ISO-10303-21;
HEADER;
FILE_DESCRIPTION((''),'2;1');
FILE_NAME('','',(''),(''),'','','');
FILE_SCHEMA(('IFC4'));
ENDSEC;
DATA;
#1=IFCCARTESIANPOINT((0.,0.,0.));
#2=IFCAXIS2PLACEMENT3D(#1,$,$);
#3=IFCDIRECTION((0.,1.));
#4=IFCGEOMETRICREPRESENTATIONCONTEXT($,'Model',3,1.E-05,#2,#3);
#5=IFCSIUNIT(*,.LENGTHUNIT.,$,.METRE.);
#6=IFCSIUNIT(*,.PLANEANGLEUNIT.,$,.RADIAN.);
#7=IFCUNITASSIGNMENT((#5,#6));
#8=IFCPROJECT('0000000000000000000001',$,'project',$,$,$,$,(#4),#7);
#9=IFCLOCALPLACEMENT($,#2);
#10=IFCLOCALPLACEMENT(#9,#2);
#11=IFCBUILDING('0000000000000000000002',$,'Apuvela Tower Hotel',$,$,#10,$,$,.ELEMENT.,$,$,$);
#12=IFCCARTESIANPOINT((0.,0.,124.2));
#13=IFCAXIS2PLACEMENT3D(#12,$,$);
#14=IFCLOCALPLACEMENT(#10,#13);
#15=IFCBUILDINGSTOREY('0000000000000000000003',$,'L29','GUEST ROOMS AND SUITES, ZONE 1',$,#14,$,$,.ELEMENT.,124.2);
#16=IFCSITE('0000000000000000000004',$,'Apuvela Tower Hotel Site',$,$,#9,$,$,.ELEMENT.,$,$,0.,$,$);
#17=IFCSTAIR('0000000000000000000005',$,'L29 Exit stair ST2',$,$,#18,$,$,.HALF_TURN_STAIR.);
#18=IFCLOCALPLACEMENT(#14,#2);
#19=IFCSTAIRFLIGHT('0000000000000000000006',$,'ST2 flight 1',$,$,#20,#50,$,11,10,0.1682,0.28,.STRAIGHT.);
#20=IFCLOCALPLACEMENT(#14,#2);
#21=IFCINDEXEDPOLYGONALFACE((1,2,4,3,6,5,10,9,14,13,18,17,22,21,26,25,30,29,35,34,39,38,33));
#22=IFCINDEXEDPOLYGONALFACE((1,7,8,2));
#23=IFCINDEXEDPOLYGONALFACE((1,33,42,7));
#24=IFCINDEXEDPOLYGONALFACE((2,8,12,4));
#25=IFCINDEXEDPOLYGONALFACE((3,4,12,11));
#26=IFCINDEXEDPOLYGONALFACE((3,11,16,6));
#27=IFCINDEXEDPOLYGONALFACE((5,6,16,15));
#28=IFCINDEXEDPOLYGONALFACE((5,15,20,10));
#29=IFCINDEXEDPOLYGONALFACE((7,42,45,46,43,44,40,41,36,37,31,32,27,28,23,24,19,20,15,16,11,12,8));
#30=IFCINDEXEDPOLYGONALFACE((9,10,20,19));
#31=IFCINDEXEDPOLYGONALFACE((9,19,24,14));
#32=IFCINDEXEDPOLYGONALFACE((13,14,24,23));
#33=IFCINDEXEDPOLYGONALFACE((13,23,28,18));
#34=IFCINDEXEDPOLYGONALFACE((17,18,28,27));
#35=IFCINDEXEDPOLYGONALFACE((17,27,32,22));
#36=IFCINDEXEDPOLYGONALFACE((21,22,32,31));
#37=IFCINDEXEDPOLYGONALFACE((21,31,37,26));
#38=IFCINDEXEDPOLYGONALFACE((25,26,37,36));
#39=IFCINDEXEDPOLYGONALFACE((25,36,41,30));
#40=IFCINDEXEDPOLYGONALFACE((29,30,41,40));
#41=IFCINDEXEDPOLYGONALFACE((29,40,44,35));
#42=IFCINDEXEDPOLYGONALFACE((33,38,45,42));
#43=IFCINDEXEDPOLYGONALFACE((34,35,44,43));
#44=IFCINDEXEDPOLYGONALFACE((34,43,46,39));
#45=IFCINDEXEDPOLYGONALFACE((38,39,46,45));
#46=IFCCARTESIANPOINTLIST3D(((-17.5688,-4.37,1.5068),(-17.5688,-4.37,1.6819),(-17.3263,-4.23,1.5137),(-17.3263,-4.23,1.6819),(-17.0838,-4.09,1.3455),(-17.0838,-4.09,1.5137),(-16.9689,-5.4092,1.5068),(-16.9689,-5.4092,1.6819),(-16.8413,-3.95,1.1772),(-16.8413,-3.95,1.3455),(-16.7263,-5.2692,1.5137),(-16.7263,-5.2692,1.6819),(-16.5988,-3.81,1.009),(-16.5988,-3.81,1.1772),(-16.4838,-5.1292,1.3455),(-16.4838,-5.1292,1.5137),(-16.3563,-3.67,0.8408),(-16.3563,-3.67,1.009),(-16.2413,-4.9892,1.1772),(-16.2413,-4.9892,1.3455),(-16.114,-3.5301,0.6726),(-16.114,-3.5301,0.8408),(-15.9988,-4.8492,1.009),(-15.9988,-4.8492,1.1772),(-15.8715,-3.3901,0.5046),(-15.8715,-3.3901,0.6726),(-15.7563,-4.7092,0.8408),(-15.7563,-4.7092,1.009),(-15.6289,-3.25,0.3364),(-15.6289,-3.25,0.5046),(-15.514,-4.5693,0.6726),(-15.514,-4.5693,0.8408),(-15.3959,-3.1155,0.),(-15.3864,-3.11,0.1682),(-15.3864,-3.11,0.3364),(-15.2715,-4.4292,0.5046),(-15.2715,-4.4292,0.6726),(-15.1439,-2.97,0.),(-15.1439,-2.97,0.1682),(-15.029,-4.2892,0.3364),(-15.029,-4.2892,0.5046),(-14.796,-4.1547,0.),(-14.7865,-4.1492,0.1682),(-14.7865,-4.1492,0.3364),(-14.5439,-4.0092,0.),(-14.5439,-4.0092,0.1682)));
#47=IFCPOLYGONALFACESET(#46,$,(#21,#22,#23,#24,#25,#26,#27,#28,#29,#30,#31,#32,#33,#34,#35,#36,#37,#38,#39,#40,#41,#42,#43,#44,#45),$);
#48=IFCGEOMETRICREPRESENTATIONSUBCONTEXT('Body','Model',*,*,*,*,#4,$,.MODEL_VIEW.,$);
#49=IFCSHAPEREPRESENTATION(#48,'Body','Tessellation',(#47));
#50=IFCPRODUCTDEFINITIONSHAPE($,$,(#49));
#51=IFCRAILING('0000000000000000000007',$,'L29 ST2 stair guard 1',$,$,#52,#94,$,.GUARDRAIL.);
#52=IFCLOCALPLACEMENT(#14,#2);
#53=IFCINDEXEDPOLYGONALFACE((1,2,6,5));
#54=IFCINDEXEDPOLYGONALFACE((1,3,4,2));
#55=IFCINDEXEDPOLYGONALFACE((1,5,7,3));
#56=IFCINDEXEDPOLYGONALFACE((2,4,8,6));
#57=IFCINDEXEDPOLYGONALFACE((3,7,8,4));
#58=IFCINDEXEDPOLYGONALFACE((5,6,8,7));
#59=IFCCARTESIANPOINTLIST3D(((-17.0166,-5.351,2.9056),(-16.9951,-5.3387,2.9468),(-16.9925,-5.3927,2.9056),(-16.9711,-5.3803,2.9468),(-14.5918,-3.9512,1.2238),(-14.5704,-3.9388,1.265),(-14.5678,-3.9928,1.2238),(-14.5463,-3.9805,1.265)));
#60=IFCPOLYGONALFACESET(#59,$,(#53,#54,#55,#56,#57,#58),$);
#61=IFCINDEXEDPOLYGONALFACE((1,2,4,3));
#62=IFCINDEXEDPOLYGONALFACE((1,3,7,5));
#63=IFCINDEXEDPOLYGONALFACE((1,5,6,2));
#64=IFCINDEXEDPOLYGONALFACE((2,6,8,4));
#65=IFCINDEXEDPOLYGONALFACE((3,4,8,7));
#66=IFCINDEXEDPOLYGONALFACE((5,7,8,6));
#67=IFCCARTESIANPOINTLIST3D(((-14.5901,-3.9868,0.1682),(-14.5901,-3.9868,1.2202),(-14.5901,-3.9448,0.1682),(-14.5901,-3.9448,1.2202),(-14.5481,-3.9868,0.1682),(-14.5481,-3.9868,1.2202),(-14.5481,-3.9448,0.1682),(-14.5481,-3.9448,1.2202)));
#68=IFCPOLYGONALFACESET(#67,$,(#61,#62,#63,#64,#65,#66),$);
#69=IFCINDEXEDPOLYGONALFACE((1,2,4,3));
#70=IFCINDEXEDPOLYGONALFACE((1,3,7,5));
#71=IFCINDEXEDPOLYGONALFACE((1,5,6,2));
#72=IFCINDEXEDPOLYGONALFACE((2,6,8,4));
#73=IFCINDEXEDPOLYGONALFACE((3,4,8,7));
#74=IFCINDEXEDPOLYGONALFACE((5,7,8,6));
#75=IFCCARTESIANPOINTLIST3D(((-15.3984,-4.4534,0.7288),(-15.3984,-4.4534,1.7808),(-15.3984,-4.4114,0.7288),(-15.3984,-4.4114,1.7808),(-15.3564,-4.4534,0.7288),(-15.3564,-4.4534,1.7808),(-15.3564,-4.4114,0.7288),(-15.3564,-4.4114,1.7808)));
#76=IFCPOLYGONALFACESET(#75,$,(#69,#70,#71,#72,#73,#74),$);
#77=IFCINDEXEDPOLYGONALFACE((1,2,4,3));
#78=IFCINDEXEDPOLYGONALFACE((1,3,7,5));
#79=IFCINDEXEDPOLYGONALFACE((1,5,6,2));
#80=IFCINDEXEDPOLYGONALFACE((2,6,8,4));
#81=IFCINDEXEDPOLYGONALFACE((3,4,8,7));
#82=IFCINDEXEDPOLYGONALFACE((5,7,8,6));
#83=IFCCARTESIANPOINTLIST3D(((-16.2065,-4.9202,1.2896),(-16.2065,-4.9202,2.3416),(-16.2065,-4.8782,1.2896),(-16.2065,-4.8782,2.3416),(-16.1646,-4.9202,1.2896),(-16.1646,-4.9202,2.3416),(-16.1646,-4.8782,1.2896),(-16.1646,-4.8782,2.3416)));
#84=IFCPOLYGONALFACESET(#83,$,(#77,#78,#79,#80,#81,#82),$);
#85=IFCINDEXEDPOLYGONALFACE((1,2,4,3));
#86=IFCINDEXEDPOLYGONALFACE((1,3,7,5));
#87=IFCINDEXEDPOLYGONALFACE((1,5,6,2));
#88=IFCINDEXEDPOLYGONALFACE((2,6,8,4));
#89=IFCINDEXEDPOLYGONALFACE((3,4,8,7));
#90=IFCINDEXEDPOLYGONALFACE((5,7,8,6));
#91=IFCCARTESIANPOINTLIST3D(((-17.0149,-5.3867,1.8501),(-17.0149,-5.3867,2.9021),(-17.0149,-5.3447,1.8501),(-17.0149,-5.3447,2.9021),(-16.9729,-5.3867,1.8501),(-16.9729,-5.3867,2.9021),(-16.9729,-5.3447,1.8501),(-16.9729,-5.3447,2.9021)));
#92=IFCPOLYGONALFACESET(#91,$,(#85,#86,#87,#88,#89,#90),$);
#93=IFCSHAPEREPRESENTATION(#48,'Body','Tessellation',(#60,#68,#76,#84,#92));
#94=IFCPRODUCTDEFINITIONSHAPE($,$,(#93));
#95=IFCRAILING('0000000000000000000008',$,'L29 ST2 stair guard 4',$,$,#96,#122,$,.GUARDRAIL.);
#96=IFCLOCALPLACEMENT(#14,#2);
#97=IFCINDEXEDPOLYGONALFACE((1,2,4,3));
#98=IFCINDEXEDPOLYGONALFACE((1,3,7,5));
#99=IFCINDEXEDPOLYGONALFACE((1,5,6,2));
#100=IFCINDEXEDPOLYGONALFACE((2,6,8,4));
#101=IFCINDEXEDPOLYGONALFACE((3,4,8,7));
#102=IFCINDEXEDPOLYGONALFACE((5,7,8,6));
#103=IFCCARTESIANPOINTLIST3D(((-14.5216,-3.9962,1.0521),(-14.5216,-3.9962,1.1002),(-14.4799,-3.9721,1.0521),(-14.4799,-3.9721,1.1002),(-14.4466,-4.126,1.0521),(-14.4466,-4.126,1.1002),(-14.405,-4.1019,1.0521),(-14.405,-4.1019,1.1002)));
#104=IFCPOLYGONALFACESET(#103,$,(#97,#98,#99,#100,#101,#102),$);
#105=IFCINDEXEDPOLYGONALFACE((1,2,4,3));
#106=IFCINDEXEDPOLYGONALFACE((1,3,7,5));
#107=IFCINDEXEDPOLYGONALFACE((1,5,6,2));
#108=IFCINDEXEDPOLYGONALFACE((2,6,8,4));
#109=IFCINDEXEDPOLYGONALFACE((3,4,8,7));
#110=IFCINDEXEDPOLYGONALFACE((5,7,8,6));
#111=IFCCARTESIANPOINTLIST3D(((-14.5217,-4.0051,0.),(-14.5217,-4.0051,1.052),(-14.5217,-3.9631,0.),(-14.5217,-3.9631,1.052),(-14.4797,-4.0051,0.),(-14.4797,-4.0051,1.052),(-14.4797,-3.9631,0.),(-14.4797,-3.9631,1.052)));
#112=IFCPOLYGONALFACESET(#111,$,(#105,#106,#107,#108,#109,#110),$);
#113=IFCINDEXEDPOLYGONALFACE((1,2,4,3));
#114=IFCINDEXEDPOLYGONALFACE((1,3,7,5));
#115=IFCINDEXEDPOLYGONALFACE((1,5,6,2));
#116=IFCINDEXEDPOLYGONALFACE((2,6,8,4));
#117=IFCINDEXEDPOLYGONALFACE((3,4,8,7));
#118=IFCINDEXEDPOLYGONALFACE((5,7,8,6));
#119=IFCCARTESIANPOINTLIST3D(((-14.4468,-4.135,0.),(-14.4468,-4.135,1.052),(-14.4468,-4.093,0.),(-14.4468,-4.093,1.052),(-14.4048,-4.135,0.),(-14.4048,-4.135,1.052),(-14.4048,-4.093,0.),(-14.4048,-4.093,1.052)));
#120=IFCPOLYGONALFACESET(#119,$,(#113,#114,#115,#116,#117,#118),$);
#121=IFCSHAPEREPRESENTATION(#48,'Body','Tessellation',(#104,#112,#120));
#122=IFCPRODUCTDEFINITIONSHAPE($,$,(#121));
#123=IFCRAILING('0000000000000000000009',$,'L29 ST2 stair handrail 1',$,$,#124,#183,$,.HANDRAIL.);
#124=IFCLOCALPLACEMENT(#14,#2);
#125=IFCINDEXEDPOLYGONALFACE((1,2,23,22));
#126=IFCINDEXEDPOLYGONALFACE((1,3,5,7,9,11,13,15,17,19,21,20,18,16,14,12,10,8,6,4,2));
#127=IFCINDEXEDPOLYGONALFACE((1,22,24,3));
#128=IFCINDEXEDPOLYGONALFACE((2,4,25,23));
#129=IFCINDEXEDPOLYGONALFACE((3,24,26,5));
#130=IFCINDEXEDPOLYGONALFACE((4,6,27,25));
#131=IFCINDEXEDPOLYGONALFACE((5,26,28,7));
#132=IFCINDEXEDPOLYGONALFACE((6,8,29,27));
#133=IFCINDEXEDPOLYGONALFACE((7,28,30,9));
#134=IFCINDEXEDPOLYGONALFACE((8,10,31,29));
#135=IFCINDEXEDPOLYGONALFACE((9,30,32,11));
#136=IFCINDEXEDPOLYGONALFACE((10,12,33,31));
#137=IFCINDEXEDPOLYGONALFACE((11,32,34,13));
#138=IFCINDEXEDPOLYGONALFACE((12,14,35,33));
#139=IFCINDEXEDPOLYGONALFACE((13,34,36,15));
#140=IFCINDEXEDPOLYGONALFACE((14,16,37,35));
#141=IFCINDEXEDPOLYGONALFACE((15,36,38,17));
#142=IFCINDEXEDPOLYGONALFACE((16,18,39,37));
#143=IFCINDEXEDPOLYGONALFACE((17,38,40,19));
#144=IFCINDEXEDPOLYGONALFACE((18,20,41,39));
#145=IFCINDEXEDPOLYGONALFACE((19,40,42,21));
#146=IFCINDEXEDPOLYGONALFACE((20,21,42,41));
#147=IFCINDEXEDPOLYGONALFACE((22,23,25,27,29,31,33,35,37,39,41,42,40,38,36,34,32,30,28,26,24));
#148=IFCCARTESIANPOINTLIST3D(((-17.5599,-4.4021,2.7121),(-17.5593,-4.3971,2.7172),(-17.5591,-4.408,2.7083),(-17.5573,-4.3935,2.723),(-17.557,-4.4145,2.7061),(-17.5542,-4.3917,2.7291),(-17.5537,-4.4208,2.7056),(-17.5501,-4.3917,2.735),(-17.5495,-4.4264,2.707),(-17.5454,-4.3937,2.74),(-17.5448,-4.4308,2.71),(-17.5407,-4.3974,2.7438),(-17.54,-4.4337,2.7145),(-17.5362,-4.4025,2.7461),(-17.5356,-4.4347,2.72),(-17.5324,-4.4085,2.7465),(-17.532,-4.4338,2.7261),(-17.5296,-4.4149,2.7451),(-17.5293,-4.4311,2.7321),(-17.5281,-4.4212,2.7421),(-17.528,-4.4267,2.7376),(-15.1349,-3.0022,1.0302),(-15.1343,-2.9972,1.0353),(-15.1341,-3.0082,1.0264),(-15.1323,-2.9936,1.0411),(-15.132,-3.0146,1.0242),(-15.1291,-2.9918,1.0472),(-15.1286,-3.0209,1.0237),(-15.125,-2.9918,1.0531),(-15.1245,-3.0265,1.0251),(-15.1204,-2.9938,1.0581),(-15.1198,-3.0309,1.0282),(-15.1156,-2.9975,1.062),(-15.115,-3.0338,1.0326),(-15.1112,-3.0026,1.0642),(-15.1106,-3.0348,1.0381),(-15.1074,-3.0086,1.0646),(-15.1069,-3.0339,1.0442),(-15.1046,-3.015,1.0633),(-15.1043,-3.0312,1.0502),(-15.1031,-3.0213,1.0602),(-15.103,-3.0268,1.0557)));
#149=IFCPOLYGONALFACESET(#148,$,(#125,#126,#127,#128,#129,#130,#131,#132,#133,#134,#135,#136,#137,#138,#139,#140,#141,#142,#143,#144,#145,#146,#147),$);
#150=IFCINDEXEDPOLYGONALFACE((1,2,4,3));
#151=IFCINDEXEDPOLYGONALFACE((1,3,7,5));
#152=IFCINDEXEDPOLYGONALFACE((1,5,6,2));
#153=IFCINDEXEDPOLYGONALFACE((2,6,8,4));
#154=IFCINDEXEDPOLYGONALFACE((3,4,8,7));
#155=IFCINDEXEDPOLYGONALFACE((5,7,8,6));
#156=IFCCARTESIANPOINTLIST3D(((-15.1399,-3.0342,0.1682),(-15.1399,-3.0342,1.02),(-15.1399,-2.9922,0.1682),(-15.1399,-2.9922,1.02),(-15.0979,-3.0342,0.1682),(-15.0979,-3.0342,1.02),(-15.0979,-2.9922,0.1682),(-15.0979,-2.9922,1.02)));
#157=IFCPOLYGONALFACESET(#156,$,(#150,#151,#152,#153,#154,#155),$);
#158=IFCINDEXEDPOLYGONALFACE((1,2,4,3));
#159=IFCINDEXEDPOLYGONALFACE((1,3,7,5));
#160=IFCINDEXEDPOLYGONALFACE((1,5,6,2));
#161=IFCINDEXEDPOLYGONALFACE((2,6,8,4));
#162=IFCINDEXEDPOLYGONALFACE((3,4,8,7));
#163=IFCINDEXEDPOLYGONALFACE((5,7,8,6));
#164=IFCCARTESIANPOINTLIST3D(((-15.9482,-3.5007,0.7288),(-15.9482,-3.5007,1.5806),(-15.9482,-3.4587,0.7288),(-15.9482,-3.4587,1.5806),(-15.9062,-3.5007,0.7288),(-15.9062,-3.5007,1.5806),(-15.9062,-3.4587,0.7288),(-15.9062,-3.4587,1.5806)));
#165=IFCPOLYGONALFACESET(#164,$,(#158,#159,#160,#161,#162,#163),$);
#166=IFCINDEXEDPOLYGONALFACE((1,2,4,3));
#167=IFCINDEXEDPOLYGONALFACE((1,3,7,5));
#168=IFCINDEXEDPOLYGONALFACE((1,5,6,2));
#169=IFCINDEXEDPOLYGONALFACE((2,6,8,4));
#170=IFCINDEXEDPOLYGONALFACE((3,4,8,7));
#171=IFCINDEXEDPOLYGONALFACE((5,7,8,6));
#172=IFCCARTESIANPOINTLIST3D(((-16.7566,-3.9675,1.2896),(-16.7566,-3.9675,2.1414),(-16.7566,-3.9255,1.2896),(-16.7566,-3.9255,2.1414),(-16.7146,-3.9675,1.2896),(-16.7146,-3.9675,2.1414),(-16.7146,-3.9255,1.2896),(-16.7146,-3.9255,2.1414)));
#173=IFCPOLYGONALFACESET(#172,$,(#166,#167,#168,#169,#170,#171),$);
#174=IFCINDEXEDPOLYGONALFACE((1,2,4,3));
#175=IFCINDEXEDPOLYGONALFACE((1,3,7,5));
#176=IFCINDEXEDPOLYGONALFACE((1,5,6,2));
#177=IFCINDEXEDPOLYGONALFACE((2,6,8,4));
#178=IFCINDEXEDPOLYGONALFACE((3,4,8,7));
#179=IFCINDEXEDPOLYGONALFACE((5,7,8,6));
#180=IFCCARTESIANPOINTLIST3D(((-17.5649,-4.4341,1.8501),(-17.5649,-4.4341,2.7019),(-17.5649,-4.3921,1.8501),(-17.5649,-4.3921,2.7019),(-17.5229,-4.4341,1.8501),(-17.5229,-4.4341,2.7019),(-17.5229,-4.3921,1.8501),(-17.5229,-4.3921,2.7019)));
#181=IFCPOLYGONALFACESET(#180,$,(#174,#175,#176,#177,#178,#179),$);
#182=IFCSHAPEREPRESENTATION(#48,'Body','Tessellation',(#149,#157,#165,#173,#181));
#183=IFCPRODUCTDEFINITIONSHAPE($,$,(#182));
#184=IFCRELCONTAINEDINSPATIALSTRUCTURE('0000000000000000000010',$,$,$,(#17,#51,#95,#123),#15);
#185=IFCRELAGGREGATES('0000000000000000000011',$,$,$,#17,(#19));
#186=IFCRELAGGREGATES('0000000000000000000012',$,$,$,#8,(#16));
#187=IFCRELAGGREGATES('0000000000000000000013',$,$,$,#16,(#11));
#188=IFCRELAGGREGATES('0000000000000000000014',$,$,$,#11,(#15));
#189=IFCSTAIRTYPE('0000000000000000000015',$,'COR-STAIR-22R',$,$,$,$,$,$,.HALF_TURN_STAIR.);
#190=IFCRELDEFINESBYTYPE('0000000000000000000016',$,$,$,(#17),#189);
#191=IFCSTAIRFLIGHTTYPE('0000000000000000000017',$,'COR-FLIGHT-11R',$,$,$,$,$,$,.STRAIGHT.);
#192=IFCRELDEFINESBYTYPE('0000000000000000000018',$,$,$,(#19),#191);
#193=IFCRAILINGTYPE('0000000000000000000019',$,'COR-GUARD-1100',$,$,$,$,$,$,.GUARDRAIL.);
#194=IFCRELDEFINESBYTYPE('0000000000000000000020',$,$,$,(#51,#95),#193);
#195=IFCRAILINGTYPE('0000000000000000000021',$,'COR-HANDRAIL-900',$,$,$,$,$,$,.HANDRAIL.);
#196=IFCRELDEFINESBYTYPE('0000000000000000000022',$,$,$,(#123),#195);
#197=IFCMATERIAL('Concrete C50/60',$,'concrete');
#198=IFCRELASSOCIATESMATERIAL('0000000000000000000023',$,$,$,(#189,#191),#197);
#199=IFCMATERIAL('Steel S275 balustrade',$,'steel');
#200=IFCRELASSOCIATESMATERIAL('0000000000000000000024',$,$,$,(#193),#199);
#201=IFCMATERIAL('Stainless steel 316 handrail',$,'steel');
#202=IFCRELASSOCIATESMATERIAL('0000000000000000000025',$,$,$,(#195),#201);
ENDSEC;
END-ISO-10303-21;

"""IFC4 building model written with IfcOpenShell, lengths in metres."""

from ifc_helpers import new_model, si_unit, direction, frame, origin, origin_2d, place, context, subcontext, project, spatial, polyline, rectangle, circle, outline, extrude, material, type_object, element, aggregate, save


model = new_model("IFC4")

# Units and contexts
model_context = context("Model", 3, precision=1e-05, world=origin(), true_north=direction((0.0, 1.0)))
body_context = subcontext(model_context, "Body", "Model", "MODEL_VIEW")
ifc_project = project(units=[si_unit("LENGTHUNIT", "METRE"), si_unit("PLANEANGLEUNIT", "RADIAN")], contexts=[model_context])

# Site, building, storey
site_placement = place(None, origin())
site = spatial("IfcSite", under=ifc_project, at=site_placement, Name="Apuvela Tower Hotel Site", CompositionType="ELEMENT", RefElevation=0.0)
building_placement = place(site_placement, origin())
building = spatial("IfcBuilding", under=site, at=building_placement, Name="Apuvela Tower Hotel", CompositionType="ELEMENT")
storey_placement = place(building_placement, frame((0.0, 0.0, 124.2)))
storey = spatial("IfcBuildingStorey", under=building, at=storey_placement, Name="L29", Description="GUEST ROOMS AND SUITES, ZONE 1", CompositionType="ELEMENT", Elevation=124.2)

# Shared definitions
ifc_material_1 = material(Name="Concrete C50/60", Category="concrete")

# Stair, stair flight
stair_type = type_object("IfcStairType", Name="COR-STAIR-22R", PredefinedType="HALF_TURN_STAIR", material=ifc_material_1)
stair_placement = place(storey_placement, origin())
stair = element("IfcStair", 1, at=stair_placement, inside=storey, type_object=stair_type, Name="L29 Exit stair ST2", PredefinedType="HALF_TURN_STAIR")
stair_flight_type = type_object("IfcStairFlightType", Name="COR-FLIGHT-11R", PredefinedType="STRAIGHT", material=ifc_material_1)
stair_flight_placement = place(storey_placement, frame((-14.844, -3.4895, 0.0), z_axis=(0.0, 0.0, 1.0), x_axis=(-0.866025, -0.5, 0.0)))
stair_flight = element("IfcStairFlight", 2, at=stair_flight_placement, type_object=stair_flight_type, Name="ST2 flight 1", NumberOfRisers=11, NumberOfTreads=10, PredefinedType="STRAIGHT", RiserHeight=0.1682, TreadLength=0.28, context=body_context, shape_type="SweptSolid", body=[
    extrude(outline(polyline([(0.0, 0.0), (0.0, 0.1682), (0.28, 0.1682), (0.28, 0.3364), (0.5601, 0.3364), (0.5601, 0.5046), (0.8401, 0.5046), (0.8401, 0.6726), (1.1201, 0.6726), (1.1201, 0.8408), (1.3999, 0.8408), (1.3999, 1.009), (1.6799, 1.009), (1.6799, 1.1772), (1.96, 1.1772), (1.96, 1.3455), (2.24, 1.3455), (2.24, 1.5137), (2.52, 1.5137), (2.52, 1.6819), (2.8, 1.6819), (2.8, 1.8501), (2.8, 1.5068), (0.291, 0.0), (0.0, 0.0)])), frame((0.0, 0.6001, 0.0), z_axis=(0.0, -1.0, 0.0), x_axis=(1.0, 0.0, 0.0)), (0.0, 0.0, 1.0), 1.2),
])
aggregate(stair, [stair_flight])

# Railings
ifc_material_2 = material(Name="Steel S275 balustrade", Category="steel")
railing_type_1 = type_object("IfcRailingType", Name="COR-GUARD-1100", PredefinedType="GUARDRAIL", material=ifc_material_2)
railing_1_placement = place(storey_placement, frame((-14.5691, -3.9658, 0.1682)))
element("IfcRailing", 3, at=railing_1_placement, inside=storey, type_object=railing_type_1, Name="L29 ST2 stair guard 1", PredefinedType="GUARDRAIL", context=body_context, shape_type="SweptSolid", body=[
    extrude(rectangle(XDim=0.0481, YDim=0.0481, at=origin_2d()), frame((0.0, 0.0, 1.0762), z_axis=(-0.74239, -0.428601, 0.514934), x_axis=(0.499984, -0.866035, 0.0)), (0.0, 0.0, 1.0), 3.2661),
    extrude(rectangle(XDim=0.042, YDim=0.042, at=origin_2d()), origin(), (0.0, 0.0, 1.0), 1.052),
    extrude(rectangle(XDim=0.042, YDim=0.042, at=origin_2d()), frame((-0.8083, -0.4666, 0.5605)), (0.0, 0.0, 1.0), 1.052),
    extrude(rectangle(XDim=0.042, YDim=0.042, at=origin_2d()), frame((-1.6165, -0.9333, 1.1213)), (0.0, 0.0, 1.0), 1.052),
    extrude(rectangle(XDim=0.042, YDim=0.042, at=origin_2d()), frame((-2.4248, -1.3999, 1.6819)), (0.0, 0.0, 1.0), 1.052),
])
railing_2_placement = place(storey_placement, frame((-14.5007, -3.9841, 0.0)))
element("IfcRailing", 4, at=railing_2_placement, inside=storey, type_object=railing_type_1, Name="L29 ST2 stair guard 4", PredefinedType="GUARDRAIL", context=body_context, shape_type="SweptSolid", body=[
    extrude(rectangle(XDim=0.0481, YDim=0.0481, at=origin_2d()), frame((0.0, 0.0, 1.0762), z_axis=(0.499816, -0.866131, 0.0), x_axis=(0.866131, 0.499816, 0.0)), (0.0, 0.0, 1.0), 0.1499),
    extrude(rectangle(XDim=0.042, YDim=0.042, at=origin_2d()), origin(), (0.0, 0.0, 1.0), 1.052),
    extrude(rectangle(XDim=0.042, YDim=0.042, at=origin_2d()), frame((0.075, -0.1299, 0.0)), (0.0, 0.0, 1.0), 1.052),
])
ifc_material_3 = material(Name="Stainless steel 316 handrail", Category="steel")
railing_type_2 = type_object("IfcRailingType", Name="COR-HANDRAIL-900", PredefinedType="HANDRAIL", material=ifc_material_3)
railing_3_placement = place(storey_placement, frame((-15.1189, -3.0132, 0.1682)))
element("IfcRailing", 5, at=railing_3_placement, inside=storey, type_object=railing_type_2, Name="L29 ST2 stair handrail 1", PredefinedType="HANDRAIL", context=body_context, shape_type="SweptSolid", body=[
    extrude(circle(Radius=0.0239, at=origin_2d()), frame((0.0, 0.0, 0.876), z_axis=(-0.742424, -0.428577, 0.514906), x_axis=(0.499946, -0.866056, 0.0)), (0.0, 0.0, 1.0), 3.2664),
    extrude(rectangle(XDim=0.042, YDim=0.042, at=origin_2d()), origin(), (0.0, 0.0, 1.0), 0.8518),
    extrude(rectangle(XDim=0.042, YDim=0.042, at=origin_2d()), frame((-0.8083, -0.4666, 0.5605)), (0.0, 0.0, 1.0), 0.8518),
    extrude(rectangle(XDim=0.042, YDim=0.042, at=origin_2d()), frame((-1.6167, -0.9333, 1.1213)), (0.0, 0.0, 1.0), 0.8518),
    extrude(rectangle(XDim=0.042, YDim=0.042, at=origin_2d()), frame((-2.425, -1.3999, 1.6819)), (0.0, 0.0, 1.0), 0.8518),
])

save(model, "model.ifc")
